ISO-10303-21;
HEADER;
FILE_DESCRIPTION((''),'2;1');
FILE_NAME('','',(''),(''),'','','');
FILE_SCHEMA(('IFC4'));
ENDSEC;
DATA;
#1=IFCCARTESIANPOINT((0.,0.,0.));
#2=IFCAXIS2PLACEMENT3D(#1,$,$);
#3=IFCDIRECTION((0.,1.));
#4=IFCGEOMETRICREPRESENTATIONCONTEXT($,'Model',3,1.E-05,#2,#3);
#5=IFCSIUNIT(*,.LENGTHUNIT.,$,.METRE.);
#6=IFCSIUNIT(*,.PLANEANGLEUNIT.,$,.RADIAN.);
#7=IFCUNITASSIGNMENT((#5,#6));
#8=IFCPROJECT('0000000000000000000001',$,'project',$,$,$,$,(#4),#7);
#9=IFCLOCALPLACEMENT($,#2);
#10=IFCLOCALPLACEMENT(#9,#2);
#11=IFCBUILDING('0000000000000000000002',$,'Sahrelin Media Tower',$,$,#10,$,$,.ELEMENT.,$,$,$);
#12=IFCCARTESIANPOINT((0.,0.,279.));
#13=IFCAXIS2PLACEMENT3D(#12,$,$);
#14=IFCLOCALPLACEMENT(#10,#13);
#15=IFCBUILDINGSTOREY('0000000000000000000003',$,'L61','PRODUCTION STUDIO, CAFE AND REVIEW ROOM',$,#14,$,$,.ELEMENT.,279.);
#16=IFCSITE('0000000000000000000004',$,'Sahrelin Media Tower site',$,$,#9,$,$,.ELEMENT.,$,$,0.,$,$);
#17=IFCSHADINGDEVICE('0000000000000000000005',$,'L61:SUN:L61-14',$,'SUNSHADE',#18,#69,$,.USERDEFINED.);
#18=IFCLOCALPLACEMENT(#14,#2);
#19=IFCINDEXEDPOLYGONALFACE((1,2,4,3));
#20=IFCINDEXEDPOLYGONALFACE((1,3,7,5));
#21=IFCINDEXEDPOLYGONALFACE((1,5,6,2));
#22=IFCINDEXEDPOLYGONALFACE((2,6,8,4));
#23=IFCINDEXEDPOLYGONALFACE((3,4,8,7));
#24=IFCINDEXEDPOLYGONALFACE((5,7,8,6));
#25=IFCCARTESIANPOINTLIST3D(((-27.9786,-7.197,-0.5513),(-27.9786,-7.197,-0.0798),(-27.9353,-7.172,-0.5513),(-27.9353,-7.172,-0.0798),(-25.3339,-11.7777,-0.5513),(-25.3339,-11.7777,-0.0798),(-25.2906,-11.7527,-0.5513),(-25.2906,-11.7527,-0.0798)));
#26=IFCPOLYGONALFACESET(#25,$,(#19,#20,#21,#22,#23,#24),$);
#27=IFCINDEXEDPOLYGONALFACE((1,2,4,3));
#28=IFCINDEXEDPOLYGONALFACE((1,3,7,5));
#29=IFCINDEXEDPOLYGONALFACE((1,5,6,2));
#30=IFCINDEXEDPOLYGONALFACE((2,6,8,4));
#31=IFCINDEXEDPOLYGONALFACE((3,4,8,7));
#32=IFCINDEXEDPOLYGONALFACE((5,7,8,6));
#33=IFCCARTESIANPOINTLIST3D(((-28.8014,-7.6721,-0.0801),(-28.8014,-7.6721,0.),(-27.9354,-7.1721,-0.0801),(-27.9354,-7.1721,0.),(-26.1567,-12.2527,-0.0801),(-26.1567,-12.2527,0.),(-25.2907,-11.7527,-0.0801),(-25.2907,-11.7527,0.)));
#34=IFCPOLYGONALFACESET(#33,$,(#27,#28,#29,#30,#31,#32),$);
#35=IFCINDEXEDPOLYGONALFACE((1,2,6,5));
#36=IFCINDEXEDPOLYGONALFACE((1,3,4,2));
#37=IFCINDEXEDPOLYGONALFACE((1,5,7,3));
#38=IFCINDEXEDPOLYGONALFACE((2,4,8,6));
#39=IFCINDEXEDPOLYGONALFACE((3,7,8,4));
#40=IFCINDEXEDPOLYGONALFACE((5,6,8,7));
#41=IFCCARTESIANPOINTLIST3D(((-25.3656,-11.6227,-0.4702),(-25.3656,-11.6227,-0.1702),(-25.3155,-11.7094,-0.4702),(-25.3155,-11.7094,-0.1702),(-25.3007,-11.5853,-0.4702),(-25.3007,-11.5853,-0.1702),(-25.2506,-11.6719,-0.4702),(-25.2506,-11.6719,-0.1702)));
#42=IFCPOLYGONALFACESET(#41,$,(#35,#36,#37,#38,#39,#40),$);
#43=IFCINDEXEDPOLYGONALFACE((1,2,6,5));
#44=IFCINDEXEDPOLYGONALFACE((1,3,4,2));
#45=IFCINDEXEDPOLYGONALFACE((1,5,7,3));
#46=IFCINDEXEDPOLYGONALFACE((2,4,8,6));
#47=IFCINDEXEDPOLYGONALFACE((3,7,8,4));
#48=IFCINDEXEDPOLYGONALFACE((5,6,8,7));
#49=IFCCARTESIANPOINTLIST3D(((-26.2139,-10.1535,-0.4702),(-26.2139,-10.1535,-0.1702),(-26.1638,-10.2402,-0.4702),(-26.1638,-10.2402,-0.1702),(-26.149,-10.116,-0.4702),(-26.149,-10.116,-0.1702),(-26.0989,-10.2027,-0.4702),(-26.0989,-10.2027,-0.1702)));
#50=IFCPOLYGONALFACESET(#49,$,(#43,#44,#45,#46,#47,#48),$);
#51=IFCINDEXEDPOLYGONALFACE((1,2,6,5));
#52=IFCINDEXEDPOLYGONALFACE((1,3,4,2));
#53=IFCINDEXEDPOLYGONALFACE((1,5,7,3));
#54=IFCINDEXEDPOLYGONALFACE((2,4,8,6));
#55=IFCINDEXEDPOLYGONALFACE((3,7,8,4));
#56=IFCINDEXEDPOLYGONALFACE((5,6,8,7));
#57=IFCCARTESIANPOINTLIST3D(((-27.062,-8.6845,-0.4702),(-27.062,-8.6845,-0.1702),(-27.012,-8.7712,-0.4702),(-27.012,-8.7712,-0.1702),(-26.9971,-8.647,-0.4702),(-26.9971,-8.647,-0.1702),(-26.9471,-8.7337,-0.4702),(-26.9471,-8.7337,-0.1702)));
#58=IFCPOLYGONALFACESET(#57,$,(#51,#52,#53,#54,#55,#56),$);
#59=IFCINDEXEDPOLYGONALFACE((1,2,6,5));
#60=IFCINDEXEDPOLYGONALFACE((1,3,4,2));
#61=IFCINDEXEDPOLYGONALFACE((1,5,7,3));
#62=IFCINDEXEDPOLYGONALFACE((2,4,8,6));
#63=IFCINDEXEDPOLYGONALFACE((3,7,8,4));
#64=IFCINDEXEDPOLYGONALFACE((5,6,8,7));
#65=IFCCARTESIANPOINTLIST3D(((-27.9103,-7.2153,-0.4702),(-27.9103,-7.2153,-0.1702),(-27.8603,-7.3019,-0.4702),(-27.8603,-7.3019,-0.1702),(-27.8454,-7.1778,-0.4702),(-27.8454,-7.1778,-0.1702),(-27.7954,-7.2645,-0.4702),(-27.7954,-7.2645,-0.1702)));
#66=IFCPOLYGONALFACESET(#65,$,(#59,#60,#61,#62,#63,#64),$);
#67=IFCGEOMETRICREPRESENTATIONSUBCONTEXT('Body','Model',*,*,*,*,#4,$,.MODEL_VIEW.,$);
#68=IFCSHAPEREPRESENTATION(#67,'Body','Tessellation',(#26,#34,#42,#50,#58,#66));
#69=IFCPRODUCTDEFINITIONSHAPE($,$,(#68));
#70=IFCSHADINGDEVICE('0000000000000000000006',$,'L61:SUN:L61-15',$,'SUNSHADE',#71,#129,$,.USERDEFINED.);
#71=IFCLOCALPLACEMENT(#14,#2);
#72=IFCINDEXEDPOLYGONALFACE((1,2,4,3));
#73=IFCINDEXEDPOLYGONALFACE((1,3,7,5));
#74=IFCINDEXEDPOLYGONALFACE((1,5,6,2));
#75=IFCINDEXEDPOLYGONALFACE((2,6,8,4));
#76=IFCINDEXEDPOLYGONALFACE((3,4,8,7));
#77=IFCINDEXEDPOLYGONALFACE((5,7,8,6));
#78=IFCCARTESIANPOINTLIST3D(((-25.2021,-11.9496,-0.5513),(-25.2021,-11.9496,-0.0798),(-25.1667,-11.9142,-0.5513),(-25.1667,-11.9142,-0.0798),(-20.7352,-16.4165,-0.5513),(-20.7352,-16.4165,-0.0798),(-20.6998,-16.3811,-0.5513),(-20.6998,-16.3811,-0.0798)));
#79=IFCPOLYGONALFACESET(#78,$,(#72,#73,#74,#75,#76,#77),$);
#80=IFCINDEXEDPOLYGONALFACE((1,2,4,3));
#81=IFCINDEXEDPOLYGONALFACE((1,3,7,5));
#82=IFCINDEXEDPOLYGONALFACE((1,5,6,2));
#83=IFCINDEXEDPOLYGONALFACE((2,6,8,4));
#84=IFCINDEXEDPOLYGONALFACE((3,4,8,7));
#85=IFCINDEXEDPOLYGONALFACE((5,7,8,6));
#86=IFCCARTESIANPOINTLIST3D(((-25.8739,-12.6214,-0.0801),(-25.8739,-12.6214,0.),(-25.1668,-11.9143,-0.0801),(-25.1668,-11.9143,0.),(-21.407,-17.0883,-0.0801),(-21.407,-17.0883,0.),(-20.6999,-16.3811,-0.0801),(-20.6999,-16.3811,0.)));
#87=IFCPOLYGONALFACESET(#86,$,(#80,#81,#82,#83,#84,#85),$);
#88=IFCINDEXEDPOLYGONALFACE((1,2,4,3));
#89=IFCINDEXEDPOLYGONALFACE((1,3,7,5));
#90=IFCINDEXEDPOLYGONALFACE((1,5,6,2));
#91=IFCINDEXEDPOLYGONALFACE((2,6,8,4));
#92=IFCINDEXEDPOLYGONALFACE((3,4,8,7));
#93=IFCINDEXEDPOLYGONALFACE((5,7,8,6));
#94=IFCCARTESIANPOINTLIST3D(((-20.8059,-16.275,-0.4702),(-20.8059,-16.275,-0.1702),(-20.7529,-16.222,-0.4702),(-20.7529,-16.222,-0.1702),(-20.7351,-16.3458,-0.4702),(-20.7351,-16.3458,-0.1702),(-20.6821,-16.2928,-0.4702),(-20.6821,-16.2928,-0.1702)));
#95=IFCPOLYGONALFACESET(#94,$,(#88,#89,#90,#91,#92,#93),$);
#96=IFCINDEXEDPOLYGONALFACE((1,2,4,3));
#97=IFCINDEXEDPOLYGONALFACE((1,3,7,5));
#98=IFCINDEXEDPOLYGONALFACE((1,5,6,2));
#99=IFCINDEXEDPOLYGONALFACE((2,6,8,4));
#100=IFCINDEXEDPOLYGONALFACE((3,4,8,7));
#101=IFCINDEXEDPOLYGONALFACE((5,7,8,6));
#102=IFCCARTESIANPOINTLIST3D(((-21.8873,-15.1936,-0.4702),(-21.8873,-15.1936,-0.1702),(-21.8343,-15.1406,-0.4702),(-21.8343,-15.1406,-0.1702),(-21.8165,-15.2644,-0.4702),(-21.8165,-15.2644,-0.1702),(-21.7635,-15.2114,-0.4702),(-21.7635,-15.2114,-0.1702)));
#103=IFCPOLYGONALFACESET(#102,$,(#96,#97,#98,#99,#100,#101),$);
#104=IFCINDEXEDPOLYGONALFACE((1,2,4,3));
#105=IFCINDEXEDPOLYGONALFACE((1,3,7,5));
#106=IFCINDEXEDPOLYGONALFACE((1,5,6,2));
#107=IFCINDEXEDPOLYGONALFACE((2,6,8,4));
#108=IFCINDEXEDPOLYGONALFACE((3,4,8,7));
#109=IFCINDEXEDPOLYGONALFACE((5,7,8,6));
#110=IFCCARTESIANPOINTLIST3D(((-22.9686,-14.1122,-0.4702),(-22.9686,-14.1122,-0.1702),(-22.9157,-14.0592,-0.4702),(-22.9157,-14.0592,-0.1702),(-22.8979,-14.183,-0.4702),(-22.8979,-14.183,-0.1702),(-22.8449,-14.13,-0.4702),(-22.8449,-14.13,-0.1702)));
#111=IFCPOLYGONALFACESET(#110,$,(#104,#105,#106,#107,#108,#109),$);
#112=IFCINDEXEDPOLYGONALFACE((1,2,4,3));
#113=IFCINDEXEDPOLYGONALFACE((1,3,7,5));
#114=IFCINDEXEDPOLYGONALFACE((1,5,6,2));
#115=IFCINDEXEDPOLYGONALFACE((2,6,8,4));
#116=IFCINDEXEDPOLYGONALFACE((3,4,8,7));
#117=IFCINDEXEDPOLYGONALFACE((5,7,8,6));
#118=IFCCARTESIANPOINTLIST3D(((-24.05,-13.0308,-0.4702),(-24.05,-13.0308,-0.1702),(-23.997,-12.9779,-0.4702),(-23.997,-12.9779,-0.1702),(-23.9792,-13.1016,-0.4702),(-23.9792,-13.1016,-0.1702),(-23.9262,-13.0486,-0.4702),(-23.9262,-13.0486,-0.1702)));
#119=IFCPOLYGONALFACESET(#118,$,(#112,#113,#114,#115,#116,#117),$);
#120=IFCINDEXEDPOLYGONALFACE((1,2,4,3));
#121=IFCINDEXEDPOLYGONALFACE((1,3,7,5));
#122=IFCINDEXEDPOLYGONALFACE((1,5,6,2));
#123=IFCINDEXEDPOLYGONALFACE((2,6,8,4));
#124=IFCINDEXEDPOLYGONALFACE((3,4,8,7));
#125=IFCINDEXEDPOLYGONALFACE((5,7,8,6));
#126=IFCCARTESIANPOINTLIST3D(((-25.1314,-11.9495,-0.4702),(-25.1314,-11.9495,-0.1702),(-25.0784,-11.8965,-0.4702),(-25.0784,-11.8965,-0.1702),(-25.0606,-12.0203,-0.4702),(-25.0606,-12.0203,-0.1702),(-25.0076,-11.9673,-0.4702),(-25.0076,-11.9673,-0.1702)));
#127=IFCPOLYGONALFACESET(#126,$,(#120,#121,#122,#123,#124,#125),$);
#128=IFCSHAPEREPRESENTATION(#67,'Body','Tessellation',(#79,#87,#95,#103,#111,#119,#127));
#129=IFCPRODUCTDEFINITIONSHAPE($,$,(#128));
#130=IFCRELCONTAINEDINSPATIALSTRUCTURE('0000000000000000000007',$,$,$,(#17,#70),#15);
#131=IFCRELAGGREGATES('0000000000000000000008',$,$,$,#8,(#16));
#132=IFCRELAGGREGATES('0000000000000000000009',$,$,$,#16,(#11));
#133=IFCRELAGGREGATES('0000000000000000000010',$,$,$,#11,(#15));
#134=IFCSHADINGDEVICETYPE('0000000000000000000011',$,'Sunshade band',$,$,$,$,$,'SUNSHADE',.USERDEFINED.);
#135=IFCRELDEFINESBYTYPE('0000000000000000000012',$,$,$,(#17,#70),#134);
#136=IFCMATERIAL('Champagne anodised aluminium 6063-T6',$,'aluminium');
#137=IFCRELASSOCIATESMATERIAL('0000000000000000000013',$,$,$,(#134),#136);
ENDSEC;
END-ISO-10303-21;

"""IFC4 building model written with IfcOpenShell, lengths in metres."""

from ifc_helpers import new_model, si_unit, direction, frame, origin, origin_2d, place, context, subcontext, project, spatial, rectangle, extrude, material, type_object, element, save


model = new_model("IFC4")

# Units and contexts
model_context = context("Model", 3, precision=1e-05, world=origin(), true_north=direction((0.0, 1.0)))
body_context = subcontext(model_context, "Body", "Model", "MODEL_VIEW")
ifc_project = project(units=[si_unit("LENGTHUNIT", "METRE"), si_unit("PLANEANGLEUNIT", "RADIAN")], contexts=[model_context])

# Site, building, storey
site_placement = place(None, origin())
site = spatial("IfcSite", under=ifc_project, at=site_placement, Name="Sahrelin Media Tower site", CompositionType="ELEMENT", RefElevation=0.0)
building_placement = place(site_placement, origin())
building = spatial("IfcBuilding", under=site, at=building_placement, Name="Sahrelin Media Tower", CompositionType="ELEMENT")
storey_placement = place(building_placement, frame((0.0, 0.0, 279.0)))
storey = spatial("IfcBuildingStorey", under=building, at=storey_placement, Name="L61", Description="PRODUCTION STUDIO, CAFE AND REVIEW ROOM", CompositionType="ELEMENT", Elevation=279.0)

# Shared definitions
ifc_material_1 = material(Name="Champagne anodised aluminium 6063-T6", Category="aluminium")

# Shared definitions
placement_1 = place(storey_placement, frame((-26.5957, -9.4524, 0.0), z_axis=(0.0, 0.0, 1.0), x_axis=(-0.500011, 0.866019, 0.0)))
placement_2 = place(storey_placement, frame((-22.9192, -14.1335, 0.0), z_axis=(0.0, 0.0, 1.0), x_axis=(-0.707107, 0.707107, 0.0)))

# Shading devices
shading_device_type_1 = type_object("IfcShadingDeviceType", Name="Sunshade band", ElementType="SUNSHADE", PredefinedType="USERDEFINED", material=ifc_material_1)
element("IfcShadingDevice", 1, at=placement_1, inside=storey, type_object=shading_device_type_1, Name="L61:SUN:L61-14", ObjectType="SUNSHADE", PredefinedType="USERDEFINED", context=body_context, shape_type="SweptSolid", body=[
    extrude(rectangle(XDim=5.2893, YDim=0.05, at=origin_2d()), frame((0.0, 0.0449, -0.5513)), (0.0, 0.0, 1.0), 0.4714),
    extrude(rectangle(XDim=5.2893, YDim=1.0, at=origin_2d()), frame((0.0, 0.52, -0.0801)), (0.0, 0.0, 1.0), 0.0801),
    extrude(rectangle(XDim=0.1001, YDim=0.075, at=origin_2d()), frame((-2.5447, -0.0176, -0.4702)), (0.0, 0.0, 1.0), 0.3),
    extrude(rectangle(XDim=0.1001, YDim=0.075, at=origin_2d()), frame((-0.8481, -0.0176, -0.4702)), (0.0, 0.0, 1.0), 0.3),
    extrude(rectangle(XDim=0.1001, YDim=0.075, at=origin_2d()), frame((0.8481, -0.0176, -0.4702)), (0.0, 0.0, 1.0), 0.3),
    extrude(rectangle(XDim=0.1001, YDim=0.075, at=origin_2d()), frame((2.5447, -0.0176, -0.4702)), (0.0, 0.0, 1.0), 0.3),
])
element("IfcShadingDevice", 2, at=placement_2, inside=storey, type_object=shading_device_type_1, Name="L61:SUN:L61-15", ObjectType="SUNSHADE", PredefinedType="USERDEFINED", context=body_context, shape_type="SweptSolid", body=[
    extrude(rectangle(XDim=6.3171, YDim=0.05, at=origin_2d()), frame((0.0, 0.0449, -0.5513)), (0.0, 0.0, 1.0), 0.4714),
    extrude(rectangle(XDim=6.3171, YDim=1.0, at=origin_2d()), frame((0.0, 0.52, -0.0801)), (0.0, 0.0, 1.0), 0.0801),
    extrude(rectangle(XDim=0.1001, YDim=0.075, at=origin_2d()), frame((-3.0586, -0.0176, -0.4702)), (0.0, 0.0, 1.0), 0.3),
    extrude(rectangle(XDim=0.1001, YDim=0.075, at=origin_2d()), frame((-1.5293, -0.0176, -0.4702)), (0.0, 0.0, 1.0), 0.3),
    extrude(rectangle(XDim=0.1001, YDim=0.075, at=origin_2d()), frame((0.0, -0.0176, -0.4702)), (0.0, 0.0, 1.0), 0.3),
    extrude(rectangle(XDim=0.1001, YDim=0.075, at=origin_2d()), frame((1.5293, -0.0176, -0.4702)), (0.0, 0.0, 1.0), 0.3),
    extrude(rectangle(XDim=0.1001, YDim=0.075, at=origin_2d()), frame((3.0586, -0.0176, -0.4702)), (0.0, 0.0, 1.0), 0.3),
])

save(model, "model.ifc")
